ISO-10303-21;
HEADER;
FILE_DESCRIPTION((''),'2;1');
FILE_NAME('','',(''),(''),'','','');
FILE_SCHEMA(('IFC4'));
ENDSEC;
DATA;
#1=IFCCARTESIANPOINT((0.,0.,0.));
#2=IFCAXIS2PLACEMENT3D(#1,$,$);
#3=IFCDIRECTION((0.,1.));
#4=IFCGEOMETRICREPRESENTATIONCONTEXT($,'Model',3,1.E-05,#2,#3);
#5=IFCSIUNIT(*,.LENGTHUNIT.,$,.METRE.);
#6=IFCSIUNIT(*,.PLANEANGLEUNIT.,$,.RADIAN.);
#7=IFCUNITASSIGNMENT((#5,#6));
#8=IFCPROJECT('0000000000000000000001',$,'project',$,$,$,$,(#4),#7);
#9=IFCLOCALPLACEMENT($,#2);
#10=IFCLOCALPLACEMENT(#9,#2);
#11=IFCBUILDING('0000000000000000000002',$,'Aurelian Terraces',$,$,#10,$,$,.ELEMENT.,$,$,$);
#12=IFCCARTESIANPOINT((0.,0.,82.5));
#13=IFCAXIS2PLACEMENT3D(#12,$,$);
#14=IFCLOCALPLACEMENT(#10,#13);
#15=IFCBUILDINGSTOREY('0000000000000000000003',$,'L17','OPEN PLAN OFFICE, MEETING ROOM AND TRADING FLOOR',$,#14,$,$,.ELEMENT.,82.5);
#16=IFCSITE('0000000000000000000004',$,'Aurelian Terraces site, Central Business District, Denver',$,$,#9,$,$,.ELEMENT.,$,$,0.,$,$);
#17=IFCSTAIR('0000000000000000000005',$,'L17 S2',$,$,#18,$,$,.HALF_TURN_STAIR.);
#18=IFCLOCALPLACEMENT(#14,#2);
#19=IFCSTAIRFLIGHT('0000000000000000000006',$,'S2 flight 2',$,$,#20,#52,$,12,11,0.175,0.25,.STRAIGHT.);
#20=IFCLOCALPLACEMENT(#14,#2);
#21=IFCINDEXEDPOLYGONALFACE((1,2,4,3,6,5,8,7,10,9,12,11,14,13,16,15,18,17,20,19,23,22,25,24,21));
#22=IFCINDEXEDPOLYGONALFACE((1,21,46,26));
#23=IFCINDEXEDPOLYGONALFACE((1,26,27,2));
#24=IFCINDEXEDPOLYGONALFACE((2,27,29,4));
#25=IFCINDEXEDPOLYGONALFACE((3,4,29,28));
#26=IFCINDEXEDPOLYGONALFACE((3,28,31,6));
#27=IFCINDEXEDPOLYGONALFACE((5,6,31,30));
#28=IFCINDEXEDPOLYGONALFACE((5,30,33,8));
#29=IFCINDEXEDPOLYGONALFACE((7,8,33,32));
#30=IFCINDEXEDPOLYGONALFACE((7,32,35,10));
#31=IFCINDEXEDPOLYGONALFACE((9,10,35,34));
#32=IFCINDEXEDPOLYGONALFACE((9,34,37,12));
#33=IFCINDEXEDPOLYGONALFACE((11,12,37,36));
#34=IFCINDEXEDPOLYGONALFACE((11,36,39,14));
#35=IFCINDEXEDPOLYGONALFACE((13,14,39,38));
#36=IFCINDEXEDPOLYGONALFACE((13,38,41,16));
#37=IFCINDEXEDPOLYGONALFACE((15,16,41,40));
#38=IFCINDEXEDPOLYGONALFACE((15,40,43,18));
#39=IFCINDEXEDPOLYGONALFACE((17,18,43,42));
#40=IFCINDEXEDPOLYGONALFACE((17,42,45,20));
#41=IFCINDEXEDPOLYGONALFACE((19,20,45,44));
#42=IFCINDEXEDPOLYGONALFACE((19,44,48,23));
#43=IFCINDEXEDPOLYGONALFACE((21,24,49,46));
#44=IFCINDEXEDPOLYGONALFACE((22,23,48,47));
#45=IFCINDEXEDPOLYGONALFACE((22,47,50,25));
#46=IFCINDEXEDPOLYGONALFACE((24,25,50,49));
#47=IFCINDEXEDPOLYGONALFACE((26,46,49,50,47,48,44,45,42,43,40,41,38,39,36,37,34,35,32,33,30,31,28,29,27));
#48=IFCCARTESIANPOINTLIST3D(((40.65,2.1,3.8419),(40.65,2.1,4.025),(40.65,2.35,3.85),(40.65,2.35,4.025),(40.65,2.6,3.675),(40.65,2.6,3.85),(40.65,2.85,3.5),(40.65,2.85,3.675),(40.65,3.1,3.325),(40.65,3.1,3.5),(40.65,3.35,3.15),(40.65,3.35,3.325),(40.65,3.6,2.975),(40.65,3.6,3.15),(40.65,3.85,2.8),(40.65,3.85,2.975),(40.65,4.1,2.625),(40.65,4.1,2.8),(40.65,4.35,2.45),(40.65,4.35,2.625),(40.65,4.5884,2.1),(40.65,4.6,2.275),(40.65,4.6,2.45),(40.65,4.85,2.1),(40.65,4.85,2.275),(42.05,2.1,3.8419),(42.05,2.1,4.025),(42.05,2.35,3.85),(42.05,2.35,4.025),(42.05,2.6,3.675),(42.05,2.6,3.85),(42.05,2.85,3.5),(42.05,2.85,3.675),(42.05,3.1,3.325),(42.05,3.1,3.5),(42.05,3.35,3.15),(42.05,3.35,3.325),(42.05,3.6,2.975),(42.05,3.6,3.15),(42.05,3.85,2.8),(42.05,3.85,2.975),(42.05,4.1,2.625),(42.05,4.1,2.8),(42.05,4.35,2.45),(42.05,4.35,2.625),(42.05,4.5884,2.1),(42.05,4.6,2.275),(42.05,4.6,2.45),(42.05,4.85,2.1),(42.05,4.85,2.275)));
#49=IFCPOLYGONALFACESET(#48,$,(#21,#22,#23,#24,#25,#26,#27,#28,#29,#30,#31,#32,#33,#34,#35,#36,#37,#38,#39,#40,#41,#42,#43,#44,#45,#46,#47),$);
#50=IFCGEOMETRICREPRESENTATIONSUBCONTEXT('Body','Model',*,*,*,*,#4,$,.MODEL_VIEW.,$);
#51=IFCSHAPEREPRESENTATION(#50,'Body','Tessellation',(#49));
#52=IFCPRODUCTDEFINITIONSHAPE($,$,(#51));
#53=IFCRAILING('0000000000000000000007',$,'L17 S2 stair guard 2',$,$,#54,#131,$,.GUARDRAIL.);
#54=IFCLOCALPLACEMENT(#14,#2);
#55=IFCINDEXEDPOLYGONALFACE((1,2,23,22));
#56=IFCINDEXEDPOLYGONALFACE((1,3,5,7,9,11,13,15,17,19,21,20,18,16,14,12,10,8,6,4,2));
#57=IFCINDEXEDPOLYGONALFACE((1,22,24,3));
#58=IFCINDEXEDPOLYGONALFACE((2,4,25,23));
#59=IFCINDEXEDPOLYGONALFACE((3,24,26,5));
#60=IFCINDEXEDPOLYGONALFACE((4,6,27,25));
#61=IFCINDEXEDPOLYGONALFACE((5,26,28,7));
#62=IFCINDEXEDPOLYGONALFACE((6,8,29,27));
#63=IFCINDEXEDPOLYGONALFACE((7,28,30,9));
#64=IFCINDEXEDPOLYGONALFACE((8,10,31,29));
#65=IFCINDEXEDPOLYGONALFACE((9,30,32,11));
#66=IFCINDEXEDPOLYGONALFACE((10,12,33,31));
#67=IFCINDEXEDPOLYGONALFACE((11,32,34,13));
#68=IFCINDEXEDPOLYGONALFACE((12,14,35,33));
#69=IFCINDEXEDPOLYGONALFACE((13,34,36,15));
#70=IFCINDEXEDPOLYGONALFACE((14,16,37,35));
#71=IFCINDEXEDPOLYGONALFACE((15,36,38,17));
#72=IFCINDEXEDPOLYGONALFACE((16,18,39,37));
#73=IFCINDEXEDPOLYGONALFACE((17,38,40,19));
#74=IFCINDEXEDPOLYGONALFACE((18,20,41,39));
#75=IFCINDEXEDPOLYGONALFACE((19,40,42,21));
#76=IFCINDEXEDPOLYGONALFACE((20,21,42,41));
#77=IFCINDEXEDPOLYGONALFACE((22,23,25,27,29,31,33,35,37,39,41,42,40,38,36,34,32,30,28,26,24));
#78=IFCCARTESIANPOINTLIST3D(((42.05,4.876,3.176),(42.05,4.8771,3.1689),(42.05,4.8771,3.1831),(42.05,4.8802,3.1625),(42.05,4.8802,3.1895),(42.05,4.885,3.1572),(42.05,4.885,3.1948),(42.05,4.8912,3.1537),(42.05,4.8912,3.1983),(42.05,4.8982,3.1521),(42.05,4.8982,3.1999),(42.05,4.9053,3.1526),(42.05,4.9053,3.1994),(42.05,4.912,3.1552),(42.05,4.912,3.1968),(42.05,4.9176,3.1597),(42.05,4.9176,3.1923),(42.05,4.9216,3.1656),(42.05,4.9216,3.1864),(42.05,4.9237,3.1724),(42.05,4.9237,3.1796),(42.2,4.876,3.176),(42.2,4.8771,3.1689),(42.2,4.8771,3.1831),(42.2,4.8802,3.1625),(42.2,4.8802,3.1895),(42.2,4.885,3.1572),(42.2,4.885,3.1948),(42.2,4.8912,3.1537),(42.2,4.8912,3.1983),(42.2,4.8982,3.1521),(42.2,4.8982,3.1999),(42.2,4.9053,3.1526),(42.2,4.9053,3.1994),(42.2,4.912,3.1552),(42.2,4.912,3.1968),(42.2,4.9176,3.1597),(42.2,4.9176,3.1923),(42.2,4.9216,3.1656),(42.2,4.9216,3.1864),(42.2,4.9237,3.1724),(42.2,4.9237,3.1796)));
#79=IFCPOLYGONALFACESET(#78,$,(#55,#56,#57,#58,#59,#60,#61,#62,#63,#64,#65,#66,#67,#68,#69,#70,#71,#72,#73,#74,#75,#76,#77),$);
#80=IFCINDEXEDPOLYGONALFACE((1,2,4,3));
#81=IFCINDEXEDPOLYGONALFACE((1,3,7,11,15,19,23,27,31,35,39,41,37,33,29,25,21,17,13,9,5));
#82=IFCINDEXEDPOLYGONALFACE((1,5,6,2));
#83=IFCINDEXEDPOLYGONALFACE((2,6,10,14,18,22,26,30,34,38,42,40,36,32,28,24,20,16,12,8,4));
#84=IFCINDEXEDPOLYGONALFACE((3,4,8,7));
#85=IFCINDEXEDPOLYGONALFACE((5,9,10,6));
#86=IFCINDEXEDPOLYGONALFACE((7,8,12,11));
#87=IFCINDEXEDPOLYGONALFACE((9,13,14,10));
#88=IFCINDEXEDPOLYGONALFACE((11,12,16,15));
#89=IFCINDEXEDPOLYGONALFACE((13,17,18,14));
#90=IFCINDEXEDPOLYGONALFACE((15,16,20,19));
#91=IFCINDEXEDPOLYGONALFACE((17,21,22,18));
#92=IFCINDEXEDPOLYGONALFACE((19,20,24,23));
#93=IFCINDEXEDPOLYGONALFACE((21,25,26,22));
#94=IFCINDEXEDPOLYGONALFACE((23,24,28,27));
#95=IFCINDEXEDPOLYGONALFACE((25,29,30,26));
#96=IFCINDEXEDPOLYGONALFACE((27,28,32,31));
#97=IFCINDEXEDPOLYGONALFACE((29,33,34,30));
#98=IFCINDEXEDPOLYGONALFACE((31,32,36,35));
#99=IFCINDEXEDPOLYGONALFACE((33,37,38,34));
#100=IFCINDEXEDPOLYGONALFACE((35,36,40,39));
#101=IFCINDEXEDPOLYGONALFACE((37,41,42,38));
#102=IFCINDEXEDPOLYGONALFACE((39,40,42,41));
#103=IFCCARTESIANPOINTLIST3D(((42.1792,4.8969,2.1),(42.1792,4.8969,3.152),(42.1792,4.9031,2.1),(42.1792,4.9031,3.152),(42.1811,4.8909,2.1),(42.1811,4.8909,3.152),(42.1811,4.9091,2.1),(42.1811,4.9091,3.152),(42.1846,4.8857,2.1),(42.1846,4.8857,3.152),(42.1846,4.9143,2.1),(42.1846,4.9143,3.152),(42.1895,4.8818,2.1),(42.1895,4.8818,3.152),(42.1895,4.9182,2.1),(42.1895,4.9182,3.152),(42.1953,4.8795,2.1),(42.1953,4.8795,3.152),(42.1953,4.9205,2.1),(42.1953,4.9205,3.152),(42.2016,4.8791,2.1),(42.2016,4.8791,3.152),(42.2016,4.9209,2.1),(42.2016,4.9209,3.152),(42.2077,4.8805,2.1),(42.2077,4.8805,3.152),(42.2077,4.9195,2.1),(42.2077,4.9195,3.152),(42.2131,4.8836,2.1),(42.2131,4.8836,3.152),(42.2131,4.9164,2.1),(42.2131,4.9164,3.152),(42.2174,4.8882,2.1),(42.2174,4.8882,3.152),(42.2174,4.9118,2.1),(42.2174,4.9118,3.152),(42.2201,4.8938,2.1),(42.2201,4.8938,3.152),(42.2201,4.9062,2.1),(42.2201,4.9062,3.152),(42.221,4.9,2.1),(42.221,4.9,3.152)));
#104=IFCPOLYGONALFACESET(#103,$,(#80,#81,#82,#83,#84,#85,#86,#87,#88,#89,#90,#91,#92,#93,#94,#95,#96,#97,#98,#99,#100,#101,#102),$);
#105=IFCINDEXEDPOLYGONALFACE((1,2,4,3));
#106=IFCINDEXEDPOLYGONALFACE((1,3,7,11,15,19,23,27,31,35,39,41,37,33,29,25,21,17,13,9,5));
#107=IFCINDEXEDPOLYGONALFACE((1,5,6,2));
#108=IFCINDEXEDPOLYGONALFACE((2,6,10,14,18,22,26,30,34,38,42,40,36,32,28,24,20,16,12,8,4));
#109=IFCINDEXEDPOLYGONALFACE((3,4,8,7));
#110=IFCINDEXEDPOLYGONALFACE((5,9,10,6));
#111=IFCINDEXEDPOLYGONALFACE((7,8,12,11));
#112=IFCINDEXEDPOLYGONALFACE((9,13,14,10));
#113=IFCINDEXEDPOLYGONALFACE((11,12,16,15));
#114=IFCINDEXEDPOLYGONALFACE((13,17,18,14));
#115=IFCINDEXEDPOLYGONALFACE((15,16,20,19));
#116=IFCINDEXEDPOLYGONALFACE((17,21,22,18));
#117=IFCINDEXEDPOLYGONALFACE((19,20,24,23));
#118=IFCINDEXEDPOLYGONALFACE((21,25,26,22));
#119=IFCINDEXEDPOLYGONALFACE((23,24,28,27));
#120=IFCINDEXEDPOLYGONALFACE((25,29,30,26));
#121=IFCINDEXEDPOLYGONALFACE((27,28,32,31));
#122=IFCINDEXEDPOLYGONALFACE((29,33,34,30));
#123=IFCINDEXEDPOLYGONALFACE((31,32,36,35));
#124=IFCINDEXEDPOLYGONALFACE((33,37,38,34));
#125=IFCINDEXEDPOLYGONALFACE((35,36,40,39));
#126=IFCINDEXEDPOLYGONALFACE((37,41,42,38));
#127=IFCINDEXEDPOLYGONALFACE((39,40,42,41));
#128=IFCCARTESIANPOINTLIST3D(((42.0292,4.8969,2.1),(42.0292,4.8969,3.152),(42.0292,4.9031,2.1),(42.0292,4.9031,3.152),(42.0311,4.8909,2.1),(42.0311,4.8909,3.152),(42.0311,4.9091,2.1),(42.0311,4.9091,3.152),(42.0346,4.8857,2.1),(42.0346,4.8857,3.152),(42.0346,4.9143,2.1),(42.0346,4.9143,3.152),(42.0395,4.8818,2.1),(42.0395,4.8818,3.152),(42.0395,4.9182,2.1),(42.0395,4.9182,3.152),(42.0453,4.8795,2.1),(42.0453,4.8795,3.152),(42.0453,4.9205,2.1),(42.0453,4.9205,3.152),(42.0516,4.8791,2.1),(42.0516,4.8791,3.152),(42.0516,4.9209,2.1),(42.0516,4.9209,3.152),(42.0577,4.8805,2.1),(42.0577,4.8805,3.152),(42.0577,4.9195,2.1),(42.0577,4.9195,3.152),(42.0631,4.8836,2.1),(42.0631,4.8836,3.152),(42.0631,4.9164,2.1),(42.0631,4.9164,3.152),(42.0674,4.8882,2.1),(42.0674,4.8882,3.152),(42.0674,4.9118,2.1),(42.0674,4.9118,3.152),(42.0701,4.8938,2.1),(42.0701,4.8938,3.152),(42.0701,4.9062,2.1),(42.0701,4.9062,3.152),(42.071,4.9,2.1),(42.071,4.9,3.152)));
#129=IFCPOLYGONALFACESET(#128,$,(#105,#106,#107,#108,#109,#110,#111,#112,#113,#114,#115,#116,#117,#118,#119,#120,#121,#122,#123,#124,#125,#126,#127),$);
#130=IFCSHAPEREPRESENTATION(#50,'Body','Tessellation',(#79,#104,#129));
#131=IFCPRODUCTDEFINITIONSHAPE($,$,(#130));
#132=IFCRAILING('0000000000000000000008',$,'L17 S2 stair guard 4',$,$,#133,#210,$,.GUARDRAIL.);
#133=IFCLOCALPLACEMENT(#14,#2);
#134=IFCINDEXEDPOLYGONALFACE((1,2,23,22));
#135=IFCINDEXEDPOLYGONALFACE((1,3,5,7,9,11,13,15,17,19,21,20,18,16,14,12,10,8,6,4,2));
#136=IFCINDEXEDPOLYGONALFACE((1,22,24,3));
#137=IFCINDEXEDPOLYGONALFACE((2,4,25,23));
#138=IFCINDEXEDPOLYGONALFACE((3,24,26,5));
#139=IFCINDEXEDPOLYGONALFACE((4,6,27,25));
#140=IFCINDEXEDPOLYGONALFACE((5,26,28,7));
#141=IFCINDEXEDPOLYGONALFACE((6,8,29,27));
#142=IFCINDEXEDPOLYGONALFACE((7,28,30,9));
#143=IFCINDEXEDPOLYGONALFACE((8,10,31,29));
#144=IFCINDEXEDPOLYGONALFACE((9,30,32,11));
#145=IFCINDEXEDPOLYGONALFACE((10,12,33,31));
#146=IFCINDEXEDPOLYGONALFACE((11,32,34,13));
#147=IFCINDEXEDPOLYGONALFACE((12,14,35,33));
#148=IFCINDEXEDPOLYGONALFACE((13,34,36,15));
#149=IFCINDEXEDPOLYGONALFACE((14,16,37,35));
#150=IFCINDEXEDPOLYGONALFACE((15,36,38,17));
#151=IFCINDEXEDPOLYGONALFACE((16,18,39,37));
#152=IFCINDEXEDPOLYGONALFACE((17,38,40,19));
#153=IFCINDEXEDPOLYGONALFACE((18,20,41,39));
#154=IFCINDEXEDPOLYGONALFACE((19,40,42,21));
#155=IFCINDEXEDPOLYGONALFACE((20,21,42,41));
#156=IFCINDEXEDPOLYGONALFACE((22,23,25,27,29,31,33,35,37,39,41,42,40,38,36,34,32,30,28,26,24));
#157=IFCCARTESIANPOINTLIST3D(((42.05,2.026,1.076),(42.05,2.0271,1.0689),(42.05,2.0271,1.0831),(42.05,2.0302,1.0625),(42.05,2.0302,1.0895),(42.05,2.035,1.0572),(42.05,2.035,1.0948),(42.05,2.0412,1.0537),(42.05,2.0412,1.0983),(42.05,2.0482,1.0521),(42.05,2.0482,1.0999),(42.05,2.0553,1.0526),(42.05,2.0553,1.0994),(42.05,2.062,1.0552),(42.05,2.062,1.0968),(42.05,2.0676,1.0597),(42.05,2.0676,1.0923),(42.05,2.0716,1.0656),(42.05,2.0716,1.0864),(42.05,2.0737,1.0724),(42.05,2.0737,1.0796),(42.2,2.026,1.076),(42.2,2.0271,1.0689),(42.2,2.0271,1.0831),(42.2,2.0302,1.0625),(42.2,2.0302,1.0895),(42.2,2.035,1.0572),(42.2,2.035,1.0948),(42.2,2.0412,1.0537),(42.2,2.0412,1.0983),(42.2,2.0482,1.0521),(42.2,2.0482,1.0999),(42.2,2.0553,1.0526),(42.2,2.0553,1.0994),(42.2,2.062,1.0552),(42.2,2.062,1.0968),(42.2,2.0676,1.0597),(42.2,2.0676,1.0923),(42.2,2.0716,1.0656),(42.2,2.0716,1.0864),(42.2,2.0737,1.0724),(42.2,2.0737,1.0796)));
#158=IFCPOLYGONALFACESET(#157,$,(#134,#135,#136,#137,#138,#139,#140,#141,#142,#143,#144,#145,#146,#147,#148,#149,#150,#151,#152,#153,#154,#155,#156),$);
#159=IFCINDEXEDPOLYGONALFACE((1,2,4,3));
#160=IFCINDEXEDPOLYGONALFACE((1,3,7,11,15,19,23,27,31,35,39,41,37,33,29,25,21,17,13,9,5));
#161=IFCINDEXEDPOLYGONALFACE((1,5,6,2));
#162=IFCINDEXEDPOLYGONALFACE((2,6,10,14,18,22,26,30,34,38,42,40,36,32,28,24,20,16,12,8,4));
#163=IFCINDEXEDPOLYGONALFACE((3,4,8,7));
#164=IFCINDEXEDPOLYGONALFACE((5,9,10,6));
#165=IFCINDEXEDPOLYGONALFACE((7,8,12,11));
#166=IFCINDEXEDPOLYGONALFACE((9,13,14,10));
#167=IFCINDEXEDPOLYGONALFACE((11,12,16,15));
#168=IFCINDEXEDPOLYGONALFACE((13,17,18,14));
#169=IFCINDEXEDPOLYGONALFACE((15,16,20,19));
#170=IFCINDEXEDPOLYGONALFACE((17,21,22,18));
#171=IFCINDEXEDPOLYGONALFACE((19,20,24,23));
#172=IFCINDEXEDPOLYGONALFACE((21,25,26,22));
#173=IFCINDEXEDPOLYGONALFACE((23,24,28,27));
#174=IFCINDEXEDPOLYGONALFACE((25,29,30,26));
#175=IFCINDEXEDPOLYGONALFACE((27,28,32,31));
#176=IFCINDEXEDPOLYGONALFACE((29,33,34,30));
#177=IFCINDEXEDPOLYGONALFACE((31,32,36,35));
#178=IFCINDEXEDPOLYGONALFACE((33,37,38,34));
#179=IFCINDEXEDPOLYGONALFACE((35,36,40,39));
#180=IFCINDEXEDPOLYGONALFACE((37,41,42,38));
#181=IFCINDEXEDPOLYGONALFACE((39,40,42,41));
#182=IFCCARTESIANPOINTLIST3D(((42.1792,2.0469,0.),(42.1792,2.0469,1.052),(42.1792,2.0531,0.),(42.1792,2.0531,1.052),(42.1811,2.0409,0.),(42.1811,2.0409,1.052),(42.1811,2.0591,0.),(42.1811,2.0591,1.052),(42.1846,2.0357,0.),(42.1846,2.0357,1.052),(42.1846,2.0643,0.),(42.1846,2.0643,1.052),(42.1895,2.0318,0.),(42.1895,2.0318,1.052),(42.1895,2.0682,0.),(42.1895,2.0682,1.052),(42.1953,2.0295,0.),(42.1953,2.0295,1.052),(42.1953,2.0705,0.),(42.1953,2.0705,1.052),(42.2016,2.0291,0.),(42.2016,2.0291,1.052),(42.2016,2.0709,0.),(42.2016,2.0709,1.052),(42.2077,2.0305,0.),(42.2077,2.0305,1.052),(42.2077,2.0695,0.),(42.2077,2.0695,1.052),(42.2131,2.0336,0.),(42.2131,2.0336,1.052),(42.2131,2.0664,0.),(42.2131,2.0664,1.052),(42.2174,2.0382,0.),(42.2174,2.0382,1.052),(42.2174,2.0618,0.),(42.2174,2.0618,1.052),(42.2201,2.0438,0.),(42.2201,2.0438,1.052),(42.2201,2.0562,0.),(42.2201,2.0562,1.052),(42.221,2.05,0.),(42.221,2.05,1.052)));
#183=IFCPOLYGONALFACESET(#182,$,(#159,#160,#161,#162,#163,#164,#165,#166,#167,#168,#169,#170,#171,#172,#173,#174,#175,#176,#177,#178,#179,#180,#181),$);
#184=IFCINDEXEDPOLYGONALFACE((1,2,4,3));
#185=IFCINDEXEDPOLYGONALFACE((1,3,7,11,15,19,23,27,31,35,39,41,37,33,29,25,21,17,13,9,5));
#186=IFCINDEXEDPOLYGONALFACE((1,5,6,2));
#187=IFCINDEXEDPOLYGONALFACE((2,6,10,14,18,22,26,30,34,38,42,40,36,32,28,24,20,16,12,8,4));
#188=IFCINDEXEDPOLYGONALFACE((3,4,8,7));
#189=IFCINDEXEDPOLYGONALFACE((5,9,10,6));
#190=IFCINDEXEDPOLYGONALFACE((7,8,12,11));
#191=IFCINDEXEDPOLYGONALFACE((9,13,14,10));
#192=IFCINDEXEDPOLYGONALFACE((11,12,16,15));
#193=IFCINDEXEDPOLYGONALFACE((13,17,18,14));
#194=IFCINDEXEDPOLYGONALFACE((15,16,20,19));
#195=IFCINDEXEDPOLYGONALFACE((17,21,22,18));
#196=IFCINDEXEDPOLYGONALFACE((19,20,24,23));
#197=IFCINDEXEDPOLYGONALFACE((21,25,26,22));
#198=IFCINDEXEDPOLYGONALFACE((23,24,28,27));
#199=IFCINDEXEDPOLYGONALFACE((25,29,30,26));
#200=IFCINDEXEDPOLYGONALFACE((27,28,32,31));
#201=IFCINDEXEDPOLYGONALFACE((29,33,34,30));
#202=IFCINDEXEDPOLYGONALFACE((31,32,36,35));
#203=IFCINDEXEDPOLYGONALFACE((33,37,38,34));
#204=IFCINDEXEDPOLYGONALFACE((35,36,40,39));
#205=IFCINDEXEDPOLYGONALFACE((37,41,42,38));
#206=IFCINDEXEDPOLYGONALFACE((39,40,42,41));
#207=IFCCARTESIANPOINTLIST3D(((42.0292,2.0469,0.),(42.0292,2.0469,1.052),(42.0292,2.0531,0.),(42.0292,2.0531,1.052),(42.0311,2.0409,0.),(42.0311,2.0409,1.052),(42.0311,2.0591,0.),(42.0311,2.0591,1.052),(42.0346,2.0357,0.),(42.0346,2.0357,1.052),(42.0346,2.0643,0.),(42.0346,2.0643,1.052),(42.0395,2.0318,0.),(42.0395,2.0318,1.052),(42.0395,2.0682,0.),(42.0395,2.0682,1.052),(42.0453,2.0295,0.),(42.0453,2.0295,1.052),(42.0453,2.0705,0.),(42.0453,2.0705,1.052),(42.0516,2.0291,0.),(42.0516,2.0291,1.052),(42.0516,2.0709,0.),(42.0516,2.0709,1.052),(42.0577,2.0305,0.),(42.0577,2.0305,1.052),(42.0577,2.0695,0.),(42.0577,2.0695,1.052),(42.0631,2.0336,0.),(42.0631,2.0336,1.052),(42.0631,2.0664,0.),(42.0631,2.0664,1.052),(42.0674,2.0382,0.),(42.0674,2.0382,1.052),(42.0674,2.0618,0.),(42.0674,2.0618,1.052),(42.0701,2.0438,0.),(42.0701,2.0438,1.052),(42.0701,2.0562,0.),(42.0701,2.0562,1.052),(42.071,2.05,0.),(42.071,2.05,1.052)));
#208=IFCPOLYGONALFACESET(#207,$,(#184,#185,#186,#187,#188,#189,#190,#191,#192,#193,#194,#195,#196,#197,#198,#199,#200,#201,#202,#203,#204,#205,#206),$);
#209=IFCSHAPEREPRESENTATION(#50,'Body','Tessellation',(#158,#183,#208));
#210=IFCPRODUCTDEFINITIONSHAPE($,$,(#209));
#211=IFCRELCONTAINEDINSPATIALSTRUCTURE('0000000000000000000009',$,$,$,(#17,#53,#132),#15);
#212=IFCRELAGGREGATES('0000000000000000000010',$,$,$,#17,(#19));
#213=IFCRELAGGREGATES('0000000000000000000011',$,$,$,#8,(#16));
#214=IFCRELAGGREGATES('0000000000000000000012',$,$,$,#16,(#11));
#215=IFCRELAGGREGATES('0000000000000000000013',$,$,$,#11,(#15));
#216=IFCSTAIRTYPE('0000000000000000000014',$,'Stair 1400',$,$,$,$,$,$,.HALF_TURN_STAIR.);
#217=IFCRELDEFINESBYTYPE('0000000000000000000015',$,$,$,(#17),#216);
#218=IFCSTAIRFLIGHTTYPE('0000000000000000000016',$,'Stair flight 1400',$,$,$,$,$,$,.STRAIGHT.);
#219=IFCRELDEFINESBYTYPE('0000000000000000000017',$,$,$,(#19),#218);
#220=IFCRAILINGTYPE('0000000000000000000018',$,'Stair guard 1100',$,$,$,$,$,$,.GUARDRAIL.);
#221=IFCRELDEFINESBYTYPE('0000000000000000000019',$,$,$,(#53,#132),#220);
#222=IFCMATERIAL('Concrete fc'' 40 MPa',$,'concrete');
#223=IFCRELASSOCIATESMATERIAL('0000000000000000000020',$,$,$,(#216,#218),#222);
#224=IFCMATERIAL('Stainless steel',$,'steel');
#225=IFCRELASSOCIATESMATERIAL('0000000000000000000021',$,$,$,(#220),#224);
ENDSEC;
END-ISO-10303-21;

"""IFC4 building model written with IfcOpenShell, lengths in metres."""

from ifc_helpers import new_model, si_unit, direction, frame, origin, origin_2d, place, context, subcontext, project, spatial, polyline, circle, outline, extrude, source, transform, mapped, material, type_object, element, aggregate, save


model = new_model("IFC4")

# Units and contexts
model_context = context("Model", 3, precision=1e-05, world=origin(), true_north=direction((0.0, 1.0)))
body_context = subcontext(model_context, "Body", "Model", "MODEL_VIEW")
ifc_project = project(units=[si_unit("LENGTHUNIT", "METRE"), si_unit("PLANEANGLEUNIT", "RADIAN")], contexts=[model_context])

# Site, building, storey
site_placement = place(None, origin())
site = spatial("IfcSite", under=ifc_project, at=site_placement, Name="Aurelian Terraces site, Central Business District, Denver", CompositionType="ELEMENT", RefElevation=0.0)
building_placement = place(site_placement, origin())
building = spatial("IfcBuilding", under=site, at=building_placement, Name="Aurelian Terraces", CompositionType="ELEMENT")
storey_placement = place(building_placement, frame((0.0, 0.0, 82.5)))
storey = spatial("IfcBuildingStorey", under=building, at=storey_placement, Name="L17", Description="OPEN PLAN OFFICE, MEETING ROOM AND TRADING FLOOR", CompositionType="ELEMENT", Elevation=82.5)

# Shared definitions
ifc_material_1 = material(Name="Concrete fc' 40 MPa", Category="concrete")

# Stair, stair flight
stair_type = type_object("IfcStairType", Name="Stair 1400", PredefinedType="HALF_TURN_STAIR", material=ifc_material_1)
stair_placement = place(storey_placement, origin())
stair = element("IfcStair", 1, at=stair_placement, inside=storey, type_object=stair_type, Name="L17 S2", PredefinedType="HALF_TURN_STAIR")
stair_flight_type = type_object("IfcStairFlightType", Name="Stair flight 1400", PredefinedType="STRAIGHT", material=ifc_material_1)
shared_shape_1 = source(origin(), body_context, "Body", "SweptSolid", [
    extrude(outline(polyline([(0.0, 0.0), (0.0, 0.175), (0.25, 0.175), (0.25, 0.35), (0.5, 0.35), (0.5, 0.525), (0.75, 0.525), (0.75, 0.7), (1.0, 0.7), (1.0, 0.875), (1.25, 0.875), (1.25, 1.05), (1.5, 1.05), (1.5, 1.225), (1.75, 1.225), (1.75, 1.4), (2.0, 1.4), (2.0, 1.575), (2.25, 1.575), (2.25, 1.75), (2.5, 1.75), (2.5, 1.925), (2.75, 1.925), (2.75, 2.1), (2.75, 1.7419), (0.2616, 0.0), (0.0, 0.0)])), frame((0.0, 0.7, 0.0), z_axis=(0.0, -1.0, 0.0), x_axis=(1.0, 0.0, 0.0)), (0.0, 0.0, 1.0), 1.4),
])
stair_flight_1_placement = place(storey_placement, frame((41.35, 4.85, 2.1), z_axis=(0.0, 0.0, 1.0), x_axis=(0.0, -1.0, 0.0)))
stair_flight_1 = element("IfcStairFlight", 2, at=stair_flight_1_placement, type_object=stair_flight_type, Name="S2 flight 2", NumberOfRisers=12, NumberOfTreads=11, PredefinedType="STRAIGHT", RiserHeight=0.175, TreadLength=0.25, context=body_context, shape_type="MappedRepresentation", body=[
    mapped(shared_shape_1, transform((0.0, 0.0, 0.0), scale=1.0)),
])
aggregate(stair, [stair_flight_1])

# Railings
ifc_material_2 = material(Name="Stainless steel", Category="steel")
railing_type_1 = type_object("IfcRailingType", Name="Stair guard 1100", PredefinedType="GUARDRAIL", material=ifc_material_2)
shared_shape_2 = source(origin(), body_context, "Body", "SweptSolid", [
    extrude(circle(Radius=0.024, at=origin_2d()), frame((0.0, 0.0, 1.076), z_axis=(-1.0, 0.0, 0.0), x_axis=(0.0, -1.0, 0.0)), (0.0, 0.0, 1.0), 0.15),
    extrude(circle(Radius=0.021, at=origin_2d()), origin(), (0.0, 0.0, 1.0), 1.052),
    extrude(circle(Radius=0.021, at=origin_2d()), frame((-0.15, 0.0, 0.0)), (0.0, 0.0, 1.0), 1.052),
])
for number, where, name in (
    (3, (42.2, 4.9, 2.1), "L17 S2 stair guard 2"),
    (4, (42.2, 2.05, 0.0), "L17 S2 stair guard 4"),
):
    element("IfcRailing", number, at=place(storey_placement, frame(where)), inside=storey, type_object=railing_type_1, Name=name, PredefinedType="GUARDRAIL", context=body_context, shape_type="MappedRepresentation", body=[
        mapped(shared_shape_2, transform((0.0, 0.0, 0.0), scale=1.0)),
    ])

save(model, "model.ifc")
